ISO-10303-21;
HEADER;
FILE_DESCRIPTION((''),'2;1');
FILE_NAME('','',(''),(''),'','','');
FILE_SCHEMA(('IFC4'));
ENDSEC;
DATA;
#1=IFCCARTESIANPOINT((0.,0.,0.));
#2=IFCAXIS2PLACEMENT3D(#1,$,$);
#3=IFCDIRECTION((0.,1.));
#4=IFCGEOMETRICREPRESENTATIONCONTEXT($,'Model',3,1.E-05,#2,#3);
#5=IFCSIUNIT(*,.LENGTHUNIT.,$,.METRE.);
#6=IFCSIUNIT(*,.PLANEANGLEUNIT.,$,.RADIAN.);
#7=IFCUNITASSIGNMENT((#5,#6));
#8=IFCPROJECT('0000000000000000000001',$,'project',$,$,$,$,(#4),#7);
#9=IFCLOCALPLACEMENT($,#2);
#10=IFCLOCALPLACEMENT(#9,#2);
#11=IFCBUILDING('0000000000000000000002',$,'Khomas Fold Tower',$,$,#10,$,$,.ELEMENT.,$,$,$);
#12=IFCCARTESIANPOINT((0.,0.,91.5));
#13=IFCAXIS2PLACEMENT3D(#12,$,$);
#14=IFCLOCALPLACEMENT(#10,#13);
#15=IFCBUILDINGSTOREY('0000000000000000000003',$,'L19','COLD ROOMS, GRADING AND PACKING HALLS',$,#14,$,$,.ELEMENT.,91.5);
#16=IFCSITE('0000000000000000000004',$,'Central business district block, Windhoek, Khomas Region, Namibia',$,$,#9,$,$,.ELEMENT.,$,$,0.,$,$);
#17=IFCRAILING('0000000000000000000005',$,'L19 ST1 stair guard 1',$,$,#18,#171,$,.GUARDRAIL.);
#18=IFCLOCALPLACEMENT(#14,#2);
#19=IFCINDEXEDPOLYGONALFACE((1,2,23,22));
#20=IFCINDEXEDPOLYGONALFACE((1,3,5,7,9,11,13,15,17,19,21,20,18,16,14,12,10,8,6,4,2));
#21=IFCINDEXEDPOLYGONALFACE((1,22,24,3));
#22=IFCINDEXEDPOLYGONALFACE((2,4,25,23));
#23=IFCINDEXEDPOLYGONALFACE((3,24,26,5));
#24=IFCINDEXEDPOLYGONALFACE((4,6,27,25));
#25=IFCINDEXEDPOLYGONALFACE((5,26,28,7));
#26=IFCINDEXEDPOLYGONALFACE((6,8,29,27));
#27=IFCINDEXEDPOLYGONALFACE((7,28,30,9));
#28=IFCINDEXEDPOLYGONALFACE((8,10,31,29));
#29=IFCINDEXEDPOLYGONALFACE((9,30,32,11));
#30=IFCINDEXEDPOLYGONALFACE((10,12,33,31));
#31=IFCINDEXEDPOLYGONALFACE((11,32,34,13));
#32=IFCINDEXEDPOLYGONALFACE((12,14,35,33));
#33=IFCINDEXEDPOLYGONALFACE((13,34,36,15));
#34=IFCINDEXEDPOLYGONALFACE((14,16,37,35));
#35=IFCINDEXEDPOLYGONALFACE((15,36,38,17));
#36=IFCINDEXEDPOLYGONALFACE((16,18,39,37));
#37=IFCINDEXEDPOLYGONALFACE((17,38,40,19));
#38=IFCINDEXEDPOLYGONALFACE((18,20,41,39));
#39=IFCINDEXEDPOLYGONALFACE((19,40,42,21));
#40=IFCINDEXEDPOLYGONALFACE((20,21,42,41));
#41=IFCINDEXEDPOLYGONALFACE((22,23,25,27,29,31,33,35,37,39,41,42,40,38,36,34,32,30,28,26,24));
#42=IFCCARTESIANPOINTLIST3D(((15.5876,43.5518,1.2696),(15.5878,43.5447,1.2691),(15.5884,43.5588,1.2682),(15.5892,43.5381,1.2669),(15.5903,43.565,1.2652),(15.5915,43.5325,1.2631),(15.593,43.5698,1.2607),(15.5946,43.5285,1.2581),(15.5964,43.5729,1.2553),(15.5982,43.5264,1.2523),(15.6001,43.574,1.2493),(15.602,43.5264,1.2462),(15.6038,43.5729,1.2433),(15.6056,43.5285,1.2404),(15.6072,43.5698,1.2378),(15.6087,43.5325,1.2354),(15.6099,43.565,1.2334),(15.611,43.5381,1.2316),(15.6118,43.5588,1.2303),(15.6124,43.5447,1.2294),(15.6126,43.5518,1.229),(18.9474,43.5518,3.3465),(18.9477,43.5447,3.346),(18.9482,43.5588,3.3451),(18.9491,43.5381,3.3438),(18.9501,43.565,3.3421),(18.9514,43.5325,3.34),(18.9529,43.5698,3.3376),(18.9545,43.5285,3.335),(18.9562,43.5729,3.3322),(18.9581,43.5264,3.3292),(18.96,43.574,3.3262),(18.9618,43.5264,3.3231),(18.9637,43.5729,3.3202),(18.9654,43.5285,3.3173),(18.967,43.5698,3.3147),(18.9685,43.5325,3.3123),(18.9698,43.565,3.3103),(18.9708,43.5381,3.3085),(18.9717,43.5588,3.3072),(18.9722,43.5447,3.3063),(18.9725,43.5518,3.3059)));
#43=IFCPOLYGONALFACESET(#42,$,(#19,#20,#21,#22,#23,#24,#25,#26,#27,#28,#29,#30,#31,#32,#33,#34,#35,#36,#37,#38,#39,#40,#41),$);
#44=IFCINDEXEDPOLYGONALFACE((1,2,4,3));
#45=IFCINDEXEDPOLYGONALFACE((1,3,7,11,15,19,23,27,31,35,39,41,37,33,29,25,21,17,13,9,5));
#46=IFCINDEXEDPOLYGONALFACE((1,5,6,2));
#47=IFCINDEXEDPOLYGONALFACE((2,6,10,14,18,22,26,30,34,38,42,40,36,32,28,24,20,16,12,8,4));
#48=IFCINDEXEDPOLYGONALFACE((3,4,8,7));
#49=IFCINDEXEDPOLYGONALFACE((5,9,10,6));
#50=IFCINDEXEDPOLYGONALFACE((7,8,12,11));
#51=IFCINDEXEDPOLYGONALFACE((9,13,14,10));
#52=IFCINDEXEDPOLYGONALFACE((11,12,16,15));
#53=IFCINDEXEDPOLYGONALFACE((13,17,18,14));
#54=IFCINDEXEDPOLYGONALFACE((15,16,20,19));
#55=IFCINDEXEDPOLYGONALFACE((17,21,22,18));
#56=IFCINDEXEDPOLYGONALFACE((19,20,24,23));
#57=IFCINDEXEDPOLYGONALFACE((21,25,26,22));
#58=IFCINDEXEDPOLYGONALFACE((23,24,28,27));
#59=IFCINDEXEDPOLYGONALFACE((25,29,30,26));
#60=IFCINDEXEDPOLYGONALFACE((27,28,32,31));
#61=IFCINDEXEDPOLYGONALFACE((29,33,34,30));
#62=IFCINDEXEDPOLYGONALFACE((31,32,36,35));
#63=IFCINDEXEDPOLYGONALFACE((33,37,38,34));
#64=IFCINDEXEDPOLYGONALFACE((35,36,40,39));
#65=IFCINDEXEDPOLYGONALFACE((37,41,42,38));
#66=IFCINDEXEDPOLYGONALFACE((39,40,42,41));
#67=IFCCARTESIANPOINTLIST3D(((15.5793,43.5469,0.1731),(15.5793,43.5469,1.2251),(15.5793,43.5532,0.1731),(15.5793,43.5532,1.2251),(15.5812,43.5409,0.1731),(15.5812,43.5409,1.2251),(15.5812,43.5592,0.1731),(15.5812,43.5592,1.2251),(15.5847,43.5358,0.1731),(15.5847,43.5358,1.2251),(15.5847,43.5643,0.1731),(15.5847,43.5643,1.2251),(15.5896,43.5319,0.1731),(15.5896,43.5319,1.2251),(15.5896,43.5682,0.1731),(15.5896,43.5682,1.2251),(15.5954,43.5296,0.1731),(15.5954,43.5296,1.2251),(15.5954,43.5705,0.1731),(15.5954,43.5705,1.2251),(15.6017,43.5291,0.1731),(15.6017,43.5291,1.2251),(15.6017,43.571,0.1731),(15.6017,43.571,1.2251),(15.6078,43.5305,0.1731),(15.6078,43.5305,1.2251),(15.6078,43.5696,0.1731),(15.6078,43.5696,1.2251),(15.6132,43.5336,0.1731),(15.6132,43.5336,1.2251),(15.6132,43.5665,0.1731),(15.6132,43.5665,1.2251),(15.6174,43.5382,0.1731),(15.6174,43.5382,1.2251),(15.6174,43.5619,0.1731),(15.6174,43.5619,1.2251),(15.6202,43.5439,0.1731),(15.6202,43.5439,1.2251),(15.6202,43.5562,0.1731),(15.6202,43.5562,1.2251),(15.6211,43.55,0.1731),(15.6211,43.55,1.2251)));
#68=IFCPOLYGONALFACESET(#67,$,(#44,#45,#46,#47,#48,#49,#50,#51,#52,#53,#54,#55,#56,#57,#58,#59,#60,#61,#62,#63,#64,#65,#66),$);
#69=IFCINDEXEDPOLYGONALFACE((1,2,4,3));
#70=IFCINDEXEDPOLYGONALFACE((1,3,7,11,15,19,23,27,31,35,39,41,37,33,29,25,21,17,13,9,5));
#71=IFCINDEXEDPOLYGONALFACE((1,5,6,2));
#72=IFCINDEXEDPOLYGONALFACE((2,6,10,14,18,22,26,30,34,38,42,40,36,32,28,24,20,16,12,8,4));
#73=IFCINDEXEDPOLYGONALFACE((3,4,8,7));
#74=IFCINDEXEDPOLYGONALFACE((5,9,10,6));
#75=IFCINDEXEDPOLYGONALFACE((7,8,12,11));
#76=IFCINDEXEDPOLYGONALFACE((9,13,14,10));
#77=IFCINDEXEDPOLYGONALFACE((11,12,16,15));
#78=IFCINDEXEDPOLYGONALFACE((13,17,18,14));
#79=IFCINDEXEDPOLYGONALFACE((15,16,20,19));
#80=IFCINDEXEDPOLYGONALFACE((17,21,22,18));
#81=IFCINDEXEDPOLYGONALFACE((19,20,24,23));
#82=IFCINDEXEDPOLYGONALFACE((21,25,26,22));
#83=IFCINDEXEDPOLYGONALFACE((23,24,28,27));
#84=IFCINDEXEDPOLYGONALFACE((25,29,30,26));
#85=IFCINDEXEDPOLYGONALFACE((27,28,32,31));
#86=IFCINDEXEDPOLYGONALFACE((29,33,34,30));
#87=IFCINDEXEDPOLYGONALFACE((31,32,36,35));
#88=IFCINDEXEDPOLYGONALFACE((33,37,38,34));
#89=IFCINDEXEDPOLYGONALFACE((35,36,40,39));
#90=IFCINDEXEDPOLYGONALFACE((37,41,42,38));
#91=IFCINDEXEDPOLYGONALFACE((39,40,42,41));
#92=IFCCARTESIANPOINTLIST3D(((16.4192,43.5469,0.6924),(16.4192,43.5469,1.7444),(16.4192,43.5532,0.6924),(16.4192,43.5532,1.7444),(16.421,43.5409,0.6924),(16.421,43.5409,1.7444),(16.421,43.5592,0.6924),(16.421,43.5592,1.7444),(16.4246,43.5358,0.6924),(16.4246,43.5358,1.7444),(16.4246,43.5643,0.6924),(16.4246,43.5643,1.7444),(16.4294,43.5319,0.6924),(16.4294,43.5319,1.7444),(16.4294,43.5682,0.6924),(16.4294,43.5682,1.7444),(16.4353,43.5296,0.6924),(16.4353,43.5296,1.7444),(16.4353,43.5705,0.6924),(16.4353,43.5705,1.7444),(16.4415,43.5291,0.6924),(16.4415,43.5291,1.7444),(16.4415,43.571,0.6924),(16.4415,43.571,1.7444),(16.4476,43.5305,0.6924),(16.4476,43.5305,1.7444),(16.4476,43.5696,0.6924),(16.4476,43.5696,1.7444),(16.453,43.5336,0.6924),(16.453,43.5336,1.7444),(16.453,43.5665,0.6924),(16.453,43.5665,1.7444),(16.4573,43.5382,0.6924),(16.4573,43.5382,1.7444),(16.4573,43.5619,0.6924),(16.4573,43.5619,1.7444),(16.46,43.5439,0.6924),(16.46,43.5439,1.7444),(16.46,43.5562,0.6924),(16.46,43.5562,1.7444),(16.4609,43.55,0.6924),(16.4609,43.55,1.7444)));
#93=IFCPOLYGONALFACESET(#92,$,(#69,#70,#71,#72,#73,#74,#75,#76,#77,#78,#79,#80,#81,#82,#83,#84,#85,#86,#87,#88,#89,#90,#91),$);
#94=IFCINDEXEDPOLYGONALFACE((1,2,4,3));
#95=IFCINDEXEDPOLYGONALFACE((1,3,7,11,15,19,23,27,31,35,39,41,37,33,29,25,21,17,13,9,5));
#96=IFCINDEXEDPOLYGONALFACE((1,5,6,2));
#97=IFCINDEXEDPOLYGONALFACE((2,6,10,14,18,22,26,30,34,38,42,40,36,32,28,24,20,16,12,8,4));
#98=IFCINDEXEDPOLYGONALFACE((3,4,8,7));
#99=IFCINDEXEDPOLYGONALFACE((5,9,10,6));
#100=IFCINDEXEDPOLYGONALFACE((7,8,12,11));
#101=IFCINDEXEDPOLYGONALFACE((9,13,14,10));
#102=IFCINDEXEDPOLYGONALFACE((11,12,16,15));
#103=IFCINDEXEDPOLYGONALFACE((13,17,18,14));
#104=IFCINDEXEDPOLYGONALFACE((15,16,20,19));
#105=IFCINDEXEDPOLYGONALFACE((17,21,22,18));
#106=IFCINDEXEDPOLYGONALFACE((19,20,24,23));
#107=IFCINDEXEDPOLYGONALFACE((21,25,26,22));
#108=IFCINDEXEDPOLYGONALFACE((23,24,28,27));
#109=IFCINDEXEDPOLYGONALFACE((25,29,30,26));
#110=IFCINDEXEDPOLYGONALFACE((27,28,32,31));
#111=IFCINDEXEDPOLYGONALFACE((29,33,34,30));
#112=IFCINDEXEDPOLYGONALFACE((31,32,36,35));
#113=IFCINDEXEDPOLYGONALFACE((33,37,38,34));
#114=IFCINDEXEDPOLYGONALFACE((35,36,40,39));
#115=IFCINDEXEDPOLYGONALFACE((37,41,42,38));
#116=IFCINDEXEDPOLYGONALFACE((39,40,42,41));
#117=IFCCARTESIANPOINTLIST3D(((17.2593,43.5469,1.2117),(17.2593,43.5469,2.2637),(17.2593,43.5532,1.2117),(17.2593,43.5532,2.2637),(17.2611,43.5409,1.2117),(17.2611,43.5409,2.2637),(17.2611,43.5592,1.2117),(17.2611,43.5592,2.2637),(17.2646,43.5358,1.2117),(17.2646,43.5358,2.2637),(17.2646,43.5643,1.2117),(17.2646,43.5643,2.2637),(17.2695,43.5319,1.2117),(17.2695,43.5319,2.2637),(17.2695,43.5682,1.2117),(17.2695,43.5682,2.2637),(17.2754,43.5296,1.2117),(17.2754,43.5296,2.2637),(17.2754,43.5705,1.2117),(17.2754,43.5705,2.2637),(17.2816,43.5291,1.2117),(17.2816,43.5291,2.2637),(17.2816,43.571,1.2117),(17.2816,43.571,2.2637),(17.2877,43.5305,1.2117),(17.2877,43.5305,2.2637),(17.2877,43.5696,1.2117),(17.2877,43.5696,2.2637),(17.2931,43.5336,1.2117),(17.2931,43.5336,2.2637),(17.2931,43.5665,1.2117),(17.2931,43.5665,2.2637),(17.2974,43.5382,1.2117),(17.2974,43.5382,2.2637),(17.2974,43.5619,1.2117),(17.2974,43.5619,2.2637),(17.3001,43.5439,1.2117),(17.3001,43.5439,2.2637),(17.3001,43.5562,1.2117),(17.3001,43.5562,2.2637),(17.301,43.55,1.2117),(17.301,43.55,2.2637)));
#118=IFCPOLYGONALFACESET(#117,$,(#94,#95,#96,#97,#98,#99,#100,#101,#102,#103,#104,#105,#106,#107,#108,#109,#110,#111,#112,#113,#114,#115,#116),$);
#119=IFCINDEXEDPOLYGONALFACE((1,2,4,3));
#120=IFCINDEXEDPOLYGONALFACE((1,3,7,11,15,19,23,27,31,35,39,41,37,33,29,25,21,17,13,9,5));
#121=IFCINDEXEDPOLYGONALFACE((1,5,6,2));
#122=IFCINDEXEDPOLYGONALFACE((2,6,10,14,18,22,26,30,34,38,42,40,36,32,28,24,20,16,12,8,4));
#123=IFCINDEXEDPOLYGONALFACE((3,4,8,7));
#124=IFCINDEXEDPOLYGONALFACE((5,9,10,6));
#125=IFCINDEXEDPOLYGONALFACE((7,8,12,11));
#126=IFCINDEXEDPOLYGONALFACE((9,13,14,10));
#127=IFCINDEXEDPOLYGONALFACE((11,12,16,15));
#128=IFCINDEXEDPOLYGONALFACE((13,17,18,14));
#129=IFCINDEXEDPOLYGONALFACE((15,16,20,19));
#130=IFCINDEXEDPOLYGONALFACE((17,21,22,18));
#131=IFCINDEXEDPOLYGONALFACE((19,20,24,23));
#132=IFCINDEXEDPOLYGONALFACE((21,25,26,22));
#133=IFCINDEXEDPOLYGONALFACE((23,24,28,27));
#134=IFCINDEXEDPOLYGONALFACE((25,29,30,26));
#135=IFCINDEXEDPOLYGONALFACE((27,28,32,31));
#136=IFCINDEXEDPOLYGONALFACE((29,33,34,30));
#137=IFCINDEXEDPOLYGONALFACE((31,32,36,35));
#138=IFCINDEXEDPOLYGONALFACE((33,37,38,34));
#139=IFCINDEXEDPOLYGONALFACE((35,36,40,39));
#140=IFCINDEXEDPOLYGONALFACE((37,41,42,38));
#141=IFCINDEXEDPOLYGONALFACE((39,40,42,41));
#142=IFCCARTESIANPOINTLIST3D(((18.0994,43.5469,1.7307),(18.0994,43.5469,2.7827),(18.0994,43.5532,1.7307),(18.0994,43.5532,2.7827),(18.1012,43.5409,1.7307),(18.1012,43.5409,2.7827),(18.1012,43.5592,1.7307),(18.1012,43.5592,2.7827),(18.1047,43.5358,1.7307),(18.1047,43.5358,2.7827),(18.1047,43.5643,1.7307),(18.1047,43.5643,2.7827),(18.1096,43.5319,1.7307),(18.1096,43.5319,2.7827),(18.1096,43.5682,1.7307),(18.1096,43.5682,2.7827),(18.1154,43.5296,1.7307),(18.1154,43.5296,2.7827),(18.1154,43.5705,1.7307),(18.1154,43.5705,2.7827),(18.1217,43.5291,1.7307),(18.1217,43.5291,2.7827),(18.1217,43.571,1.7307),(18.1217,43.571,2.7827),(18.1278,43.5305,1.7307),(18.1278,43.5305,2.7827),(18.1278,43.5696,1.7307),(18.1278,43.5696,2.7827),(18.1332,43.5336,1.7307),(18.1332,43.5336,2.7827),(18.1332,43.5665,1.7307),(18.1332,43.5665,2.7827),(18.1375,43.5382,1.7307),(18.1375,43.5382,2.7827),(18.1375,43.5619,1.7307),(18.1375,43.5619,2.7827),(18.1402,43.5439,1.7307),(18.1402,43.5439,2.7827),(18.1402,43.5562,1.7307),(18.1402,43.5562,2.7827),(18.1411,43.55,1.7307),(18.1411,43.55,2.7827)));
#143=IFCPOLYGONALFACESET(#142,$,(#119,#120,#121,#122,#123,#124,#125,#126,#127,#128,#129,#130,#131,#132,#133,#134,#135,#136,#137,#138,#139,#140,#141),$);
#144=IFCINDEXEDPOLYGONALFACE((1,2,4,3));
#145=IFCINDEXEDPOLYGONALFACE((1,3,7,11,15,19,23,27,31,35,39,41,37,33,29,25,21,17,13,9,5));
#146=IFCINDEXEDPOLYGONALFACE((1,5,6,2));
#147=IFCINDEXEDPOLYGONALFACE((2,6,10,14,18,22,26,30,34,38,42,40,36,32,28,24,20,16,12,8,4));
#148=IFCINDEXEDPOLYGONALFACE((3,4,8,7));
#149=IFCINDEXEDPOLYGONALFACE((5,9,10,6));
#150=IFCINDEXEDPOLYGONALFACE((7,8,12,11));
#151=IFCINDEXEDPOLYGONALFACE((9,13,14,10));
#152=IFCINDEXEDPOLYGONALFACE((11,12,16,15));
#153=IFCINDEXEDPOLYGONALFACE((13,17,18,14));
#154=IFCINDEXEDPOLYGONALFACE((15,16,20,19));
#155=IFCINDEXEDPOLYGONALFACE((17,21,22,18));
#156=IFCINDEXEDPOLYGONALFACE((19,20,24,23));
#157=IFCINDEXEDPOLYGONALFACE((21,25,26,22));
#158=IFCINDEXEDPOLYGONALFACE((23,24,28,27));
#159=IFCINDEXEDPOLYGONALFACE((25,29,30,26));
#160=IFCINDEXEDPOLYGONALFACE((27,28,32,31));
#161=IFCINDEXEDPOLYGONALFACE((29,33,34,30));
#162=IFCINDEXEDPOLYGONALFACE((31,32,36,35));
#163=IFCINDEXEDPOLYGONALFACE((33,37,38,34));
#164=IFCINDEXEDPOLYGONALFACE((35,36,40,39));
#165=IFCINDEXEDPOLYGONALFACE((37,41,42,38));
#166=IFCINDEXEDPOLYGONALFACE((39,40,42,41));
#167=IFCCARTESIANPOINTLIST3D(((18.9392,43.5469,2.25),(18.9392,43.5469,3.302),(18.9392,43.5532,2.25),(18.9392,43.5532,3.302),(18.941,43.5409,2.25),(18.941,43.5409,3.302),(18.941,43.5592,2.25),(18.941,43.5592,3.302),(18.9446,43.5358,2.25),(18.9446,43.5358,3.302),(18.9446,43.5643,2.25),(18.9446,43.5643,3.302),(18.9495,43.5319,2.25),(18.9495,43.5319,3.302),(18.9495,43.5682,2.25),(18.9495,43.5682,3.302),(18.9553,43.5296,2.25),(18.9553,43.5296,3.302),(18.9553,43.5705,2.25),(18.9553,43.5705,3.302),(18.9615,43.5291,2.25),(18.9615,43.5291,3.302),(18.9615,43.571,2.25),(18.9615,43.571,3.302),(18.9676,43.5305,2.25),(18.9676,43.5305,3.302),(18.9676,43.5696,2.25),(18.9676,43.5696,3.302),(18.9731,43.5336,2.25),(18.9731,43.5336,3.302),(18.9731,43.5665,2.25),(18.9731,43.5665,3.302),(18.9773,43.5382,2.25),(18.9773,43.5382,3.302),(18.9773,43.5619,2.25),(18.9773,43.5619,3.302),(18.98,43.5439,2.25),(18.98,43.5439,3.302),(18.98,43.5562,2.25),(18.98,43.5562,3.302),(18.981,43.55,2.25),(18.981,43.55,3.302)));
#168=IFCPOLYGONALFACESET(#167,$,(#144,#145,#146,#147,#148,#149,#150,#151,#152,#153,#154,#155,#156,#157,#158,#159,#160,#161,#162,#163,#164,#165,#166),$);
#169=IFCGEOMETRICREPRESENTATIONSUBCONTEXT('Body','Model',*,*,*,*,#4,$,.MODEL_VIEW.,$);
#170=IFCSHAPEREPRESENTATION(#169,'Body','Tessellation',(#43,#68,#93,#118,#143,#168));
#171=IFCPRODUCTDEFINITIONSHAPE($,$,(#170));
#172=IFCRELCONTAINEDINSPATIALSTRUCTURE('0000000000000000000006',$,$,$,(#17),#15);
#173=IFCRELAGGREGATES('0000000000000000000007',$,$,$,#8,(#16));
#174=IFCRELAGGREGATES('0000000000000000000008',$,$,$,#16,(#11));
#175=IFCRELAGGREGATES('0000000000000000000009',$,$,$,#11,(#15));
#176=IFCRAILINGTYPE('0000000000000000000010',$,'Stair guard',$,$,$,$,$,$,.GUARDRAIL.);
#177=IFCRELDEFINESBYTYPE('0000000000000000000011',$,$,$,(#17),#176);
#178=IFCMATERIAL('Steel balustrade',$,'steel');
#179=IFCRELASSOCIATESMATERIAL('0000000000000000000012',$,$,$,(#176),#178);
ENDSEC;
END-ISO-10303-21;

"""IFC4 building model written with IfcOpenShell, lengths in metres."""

from ifc_helpers import new_model, si_unit, direction, frame, origin, origin_2d, place, context, subcontext, project, spatial, circle, extrude, source, transform, mapped, material, type_object, element, save


model = new_model("IFC4")

# Units and contexts
model_context = context("Model", 3, precision=1e-05, world=origin(), true_north=direction((0.0, 1.0)))
body_context = subcontext(model_context, "Body", "Model", "MODEL_VIEW")
ifc_project = project(units=[si_unit("LENGTHUNIT", "METRE"), si_unit("PLANEANGLEUNIT", "RADIAN")], contexts=[model_context])

# Site, building, storey
site_placement = place(None, origin())
site = spatial("IfcSite", under=ifc_project, at=site_placement, Name="Central business district block, Windhoek, Khomas Region, Namibia", CompositionType="ELEMENT", RefElevation=0.0)
building_placement = place(site_placement, origin())
building = spatial("IfcBuilding", under=site, at=building_placement, Name="Khomas Fold Tower", CompositionType="ELEMENT")
storey_placement = place(building_placement, frame((0.0, 0.0, 91.5)))
storey = spatial("IfcBuildingStorey", under=building, at=storey_placement, Name="L19", Description="COLD ROOMS, GRADING AND PACKING HALLS", CompositionType="ELEMENT", Elevation=91.5)

# Railing
ifc_material_1 = material(Name="Steel balustrade", Category="steel")
railing_type_1 = type_object("IfcRailingType", Name="Stair guard", PredefinedType="GUARDRAIL", material=ifc_material_1)
shared_shape_1 = source(origin(), body_context, "Body", "SweptSolid", [
    extrude(circle(Radius=0.0239, at=origin_2d()), frame((0.0, 0.0, 1.0762), z_axis=(0.850606, 0.0, 0.525803), x_axis=(0.0, 1.0, 0.0)), (0.0, 0.0, 1.0), 3.95),
    extrude(circle(Radius=0.021, at=origin_2d()), origin(), (0.0, 0.0, 1.0), 1.052),
    extrude(circle(Radius=0.021, at=origin_2d()), frame((0.8398, 0.0, 0.5193)), (0.0, 0.0, 1.0), 1.052),
    extrude(circle(Radius=0.021, at=origin_2d()), frame((1.6799, 0.0, 1.0386)), (0.0, 0.0, 1.0), 1.052),
    extrude(circle(Radius=0.021, at=origin_2d()), frame((2.52, 0.0, 1.5576)), (0.0, 0.0, 1.0), 1.052),
    extrude(circle(Radius=0.021, at=origin_2d()), frame((3.3599, 0.0, 2.0769)), (0.0, 0.0, 1.0), 1.052),
])
railing_1_placement = place(storey_placement, frame((15.6001, 43.55, 0.1731)))
element("IfcRailing", 1, at=railing_1_placement, inside=storey, type_object=railing_type_1, Name="L19 ST1 stair guard 1", PredefinedType="GUARDRAIL", context=body_context, shape_type="MappedRepresentation", body=[
    mapped(shared_shape_1, transform((0.0, 0.0, 0.0))),
])

save(model, "model.ifc")
